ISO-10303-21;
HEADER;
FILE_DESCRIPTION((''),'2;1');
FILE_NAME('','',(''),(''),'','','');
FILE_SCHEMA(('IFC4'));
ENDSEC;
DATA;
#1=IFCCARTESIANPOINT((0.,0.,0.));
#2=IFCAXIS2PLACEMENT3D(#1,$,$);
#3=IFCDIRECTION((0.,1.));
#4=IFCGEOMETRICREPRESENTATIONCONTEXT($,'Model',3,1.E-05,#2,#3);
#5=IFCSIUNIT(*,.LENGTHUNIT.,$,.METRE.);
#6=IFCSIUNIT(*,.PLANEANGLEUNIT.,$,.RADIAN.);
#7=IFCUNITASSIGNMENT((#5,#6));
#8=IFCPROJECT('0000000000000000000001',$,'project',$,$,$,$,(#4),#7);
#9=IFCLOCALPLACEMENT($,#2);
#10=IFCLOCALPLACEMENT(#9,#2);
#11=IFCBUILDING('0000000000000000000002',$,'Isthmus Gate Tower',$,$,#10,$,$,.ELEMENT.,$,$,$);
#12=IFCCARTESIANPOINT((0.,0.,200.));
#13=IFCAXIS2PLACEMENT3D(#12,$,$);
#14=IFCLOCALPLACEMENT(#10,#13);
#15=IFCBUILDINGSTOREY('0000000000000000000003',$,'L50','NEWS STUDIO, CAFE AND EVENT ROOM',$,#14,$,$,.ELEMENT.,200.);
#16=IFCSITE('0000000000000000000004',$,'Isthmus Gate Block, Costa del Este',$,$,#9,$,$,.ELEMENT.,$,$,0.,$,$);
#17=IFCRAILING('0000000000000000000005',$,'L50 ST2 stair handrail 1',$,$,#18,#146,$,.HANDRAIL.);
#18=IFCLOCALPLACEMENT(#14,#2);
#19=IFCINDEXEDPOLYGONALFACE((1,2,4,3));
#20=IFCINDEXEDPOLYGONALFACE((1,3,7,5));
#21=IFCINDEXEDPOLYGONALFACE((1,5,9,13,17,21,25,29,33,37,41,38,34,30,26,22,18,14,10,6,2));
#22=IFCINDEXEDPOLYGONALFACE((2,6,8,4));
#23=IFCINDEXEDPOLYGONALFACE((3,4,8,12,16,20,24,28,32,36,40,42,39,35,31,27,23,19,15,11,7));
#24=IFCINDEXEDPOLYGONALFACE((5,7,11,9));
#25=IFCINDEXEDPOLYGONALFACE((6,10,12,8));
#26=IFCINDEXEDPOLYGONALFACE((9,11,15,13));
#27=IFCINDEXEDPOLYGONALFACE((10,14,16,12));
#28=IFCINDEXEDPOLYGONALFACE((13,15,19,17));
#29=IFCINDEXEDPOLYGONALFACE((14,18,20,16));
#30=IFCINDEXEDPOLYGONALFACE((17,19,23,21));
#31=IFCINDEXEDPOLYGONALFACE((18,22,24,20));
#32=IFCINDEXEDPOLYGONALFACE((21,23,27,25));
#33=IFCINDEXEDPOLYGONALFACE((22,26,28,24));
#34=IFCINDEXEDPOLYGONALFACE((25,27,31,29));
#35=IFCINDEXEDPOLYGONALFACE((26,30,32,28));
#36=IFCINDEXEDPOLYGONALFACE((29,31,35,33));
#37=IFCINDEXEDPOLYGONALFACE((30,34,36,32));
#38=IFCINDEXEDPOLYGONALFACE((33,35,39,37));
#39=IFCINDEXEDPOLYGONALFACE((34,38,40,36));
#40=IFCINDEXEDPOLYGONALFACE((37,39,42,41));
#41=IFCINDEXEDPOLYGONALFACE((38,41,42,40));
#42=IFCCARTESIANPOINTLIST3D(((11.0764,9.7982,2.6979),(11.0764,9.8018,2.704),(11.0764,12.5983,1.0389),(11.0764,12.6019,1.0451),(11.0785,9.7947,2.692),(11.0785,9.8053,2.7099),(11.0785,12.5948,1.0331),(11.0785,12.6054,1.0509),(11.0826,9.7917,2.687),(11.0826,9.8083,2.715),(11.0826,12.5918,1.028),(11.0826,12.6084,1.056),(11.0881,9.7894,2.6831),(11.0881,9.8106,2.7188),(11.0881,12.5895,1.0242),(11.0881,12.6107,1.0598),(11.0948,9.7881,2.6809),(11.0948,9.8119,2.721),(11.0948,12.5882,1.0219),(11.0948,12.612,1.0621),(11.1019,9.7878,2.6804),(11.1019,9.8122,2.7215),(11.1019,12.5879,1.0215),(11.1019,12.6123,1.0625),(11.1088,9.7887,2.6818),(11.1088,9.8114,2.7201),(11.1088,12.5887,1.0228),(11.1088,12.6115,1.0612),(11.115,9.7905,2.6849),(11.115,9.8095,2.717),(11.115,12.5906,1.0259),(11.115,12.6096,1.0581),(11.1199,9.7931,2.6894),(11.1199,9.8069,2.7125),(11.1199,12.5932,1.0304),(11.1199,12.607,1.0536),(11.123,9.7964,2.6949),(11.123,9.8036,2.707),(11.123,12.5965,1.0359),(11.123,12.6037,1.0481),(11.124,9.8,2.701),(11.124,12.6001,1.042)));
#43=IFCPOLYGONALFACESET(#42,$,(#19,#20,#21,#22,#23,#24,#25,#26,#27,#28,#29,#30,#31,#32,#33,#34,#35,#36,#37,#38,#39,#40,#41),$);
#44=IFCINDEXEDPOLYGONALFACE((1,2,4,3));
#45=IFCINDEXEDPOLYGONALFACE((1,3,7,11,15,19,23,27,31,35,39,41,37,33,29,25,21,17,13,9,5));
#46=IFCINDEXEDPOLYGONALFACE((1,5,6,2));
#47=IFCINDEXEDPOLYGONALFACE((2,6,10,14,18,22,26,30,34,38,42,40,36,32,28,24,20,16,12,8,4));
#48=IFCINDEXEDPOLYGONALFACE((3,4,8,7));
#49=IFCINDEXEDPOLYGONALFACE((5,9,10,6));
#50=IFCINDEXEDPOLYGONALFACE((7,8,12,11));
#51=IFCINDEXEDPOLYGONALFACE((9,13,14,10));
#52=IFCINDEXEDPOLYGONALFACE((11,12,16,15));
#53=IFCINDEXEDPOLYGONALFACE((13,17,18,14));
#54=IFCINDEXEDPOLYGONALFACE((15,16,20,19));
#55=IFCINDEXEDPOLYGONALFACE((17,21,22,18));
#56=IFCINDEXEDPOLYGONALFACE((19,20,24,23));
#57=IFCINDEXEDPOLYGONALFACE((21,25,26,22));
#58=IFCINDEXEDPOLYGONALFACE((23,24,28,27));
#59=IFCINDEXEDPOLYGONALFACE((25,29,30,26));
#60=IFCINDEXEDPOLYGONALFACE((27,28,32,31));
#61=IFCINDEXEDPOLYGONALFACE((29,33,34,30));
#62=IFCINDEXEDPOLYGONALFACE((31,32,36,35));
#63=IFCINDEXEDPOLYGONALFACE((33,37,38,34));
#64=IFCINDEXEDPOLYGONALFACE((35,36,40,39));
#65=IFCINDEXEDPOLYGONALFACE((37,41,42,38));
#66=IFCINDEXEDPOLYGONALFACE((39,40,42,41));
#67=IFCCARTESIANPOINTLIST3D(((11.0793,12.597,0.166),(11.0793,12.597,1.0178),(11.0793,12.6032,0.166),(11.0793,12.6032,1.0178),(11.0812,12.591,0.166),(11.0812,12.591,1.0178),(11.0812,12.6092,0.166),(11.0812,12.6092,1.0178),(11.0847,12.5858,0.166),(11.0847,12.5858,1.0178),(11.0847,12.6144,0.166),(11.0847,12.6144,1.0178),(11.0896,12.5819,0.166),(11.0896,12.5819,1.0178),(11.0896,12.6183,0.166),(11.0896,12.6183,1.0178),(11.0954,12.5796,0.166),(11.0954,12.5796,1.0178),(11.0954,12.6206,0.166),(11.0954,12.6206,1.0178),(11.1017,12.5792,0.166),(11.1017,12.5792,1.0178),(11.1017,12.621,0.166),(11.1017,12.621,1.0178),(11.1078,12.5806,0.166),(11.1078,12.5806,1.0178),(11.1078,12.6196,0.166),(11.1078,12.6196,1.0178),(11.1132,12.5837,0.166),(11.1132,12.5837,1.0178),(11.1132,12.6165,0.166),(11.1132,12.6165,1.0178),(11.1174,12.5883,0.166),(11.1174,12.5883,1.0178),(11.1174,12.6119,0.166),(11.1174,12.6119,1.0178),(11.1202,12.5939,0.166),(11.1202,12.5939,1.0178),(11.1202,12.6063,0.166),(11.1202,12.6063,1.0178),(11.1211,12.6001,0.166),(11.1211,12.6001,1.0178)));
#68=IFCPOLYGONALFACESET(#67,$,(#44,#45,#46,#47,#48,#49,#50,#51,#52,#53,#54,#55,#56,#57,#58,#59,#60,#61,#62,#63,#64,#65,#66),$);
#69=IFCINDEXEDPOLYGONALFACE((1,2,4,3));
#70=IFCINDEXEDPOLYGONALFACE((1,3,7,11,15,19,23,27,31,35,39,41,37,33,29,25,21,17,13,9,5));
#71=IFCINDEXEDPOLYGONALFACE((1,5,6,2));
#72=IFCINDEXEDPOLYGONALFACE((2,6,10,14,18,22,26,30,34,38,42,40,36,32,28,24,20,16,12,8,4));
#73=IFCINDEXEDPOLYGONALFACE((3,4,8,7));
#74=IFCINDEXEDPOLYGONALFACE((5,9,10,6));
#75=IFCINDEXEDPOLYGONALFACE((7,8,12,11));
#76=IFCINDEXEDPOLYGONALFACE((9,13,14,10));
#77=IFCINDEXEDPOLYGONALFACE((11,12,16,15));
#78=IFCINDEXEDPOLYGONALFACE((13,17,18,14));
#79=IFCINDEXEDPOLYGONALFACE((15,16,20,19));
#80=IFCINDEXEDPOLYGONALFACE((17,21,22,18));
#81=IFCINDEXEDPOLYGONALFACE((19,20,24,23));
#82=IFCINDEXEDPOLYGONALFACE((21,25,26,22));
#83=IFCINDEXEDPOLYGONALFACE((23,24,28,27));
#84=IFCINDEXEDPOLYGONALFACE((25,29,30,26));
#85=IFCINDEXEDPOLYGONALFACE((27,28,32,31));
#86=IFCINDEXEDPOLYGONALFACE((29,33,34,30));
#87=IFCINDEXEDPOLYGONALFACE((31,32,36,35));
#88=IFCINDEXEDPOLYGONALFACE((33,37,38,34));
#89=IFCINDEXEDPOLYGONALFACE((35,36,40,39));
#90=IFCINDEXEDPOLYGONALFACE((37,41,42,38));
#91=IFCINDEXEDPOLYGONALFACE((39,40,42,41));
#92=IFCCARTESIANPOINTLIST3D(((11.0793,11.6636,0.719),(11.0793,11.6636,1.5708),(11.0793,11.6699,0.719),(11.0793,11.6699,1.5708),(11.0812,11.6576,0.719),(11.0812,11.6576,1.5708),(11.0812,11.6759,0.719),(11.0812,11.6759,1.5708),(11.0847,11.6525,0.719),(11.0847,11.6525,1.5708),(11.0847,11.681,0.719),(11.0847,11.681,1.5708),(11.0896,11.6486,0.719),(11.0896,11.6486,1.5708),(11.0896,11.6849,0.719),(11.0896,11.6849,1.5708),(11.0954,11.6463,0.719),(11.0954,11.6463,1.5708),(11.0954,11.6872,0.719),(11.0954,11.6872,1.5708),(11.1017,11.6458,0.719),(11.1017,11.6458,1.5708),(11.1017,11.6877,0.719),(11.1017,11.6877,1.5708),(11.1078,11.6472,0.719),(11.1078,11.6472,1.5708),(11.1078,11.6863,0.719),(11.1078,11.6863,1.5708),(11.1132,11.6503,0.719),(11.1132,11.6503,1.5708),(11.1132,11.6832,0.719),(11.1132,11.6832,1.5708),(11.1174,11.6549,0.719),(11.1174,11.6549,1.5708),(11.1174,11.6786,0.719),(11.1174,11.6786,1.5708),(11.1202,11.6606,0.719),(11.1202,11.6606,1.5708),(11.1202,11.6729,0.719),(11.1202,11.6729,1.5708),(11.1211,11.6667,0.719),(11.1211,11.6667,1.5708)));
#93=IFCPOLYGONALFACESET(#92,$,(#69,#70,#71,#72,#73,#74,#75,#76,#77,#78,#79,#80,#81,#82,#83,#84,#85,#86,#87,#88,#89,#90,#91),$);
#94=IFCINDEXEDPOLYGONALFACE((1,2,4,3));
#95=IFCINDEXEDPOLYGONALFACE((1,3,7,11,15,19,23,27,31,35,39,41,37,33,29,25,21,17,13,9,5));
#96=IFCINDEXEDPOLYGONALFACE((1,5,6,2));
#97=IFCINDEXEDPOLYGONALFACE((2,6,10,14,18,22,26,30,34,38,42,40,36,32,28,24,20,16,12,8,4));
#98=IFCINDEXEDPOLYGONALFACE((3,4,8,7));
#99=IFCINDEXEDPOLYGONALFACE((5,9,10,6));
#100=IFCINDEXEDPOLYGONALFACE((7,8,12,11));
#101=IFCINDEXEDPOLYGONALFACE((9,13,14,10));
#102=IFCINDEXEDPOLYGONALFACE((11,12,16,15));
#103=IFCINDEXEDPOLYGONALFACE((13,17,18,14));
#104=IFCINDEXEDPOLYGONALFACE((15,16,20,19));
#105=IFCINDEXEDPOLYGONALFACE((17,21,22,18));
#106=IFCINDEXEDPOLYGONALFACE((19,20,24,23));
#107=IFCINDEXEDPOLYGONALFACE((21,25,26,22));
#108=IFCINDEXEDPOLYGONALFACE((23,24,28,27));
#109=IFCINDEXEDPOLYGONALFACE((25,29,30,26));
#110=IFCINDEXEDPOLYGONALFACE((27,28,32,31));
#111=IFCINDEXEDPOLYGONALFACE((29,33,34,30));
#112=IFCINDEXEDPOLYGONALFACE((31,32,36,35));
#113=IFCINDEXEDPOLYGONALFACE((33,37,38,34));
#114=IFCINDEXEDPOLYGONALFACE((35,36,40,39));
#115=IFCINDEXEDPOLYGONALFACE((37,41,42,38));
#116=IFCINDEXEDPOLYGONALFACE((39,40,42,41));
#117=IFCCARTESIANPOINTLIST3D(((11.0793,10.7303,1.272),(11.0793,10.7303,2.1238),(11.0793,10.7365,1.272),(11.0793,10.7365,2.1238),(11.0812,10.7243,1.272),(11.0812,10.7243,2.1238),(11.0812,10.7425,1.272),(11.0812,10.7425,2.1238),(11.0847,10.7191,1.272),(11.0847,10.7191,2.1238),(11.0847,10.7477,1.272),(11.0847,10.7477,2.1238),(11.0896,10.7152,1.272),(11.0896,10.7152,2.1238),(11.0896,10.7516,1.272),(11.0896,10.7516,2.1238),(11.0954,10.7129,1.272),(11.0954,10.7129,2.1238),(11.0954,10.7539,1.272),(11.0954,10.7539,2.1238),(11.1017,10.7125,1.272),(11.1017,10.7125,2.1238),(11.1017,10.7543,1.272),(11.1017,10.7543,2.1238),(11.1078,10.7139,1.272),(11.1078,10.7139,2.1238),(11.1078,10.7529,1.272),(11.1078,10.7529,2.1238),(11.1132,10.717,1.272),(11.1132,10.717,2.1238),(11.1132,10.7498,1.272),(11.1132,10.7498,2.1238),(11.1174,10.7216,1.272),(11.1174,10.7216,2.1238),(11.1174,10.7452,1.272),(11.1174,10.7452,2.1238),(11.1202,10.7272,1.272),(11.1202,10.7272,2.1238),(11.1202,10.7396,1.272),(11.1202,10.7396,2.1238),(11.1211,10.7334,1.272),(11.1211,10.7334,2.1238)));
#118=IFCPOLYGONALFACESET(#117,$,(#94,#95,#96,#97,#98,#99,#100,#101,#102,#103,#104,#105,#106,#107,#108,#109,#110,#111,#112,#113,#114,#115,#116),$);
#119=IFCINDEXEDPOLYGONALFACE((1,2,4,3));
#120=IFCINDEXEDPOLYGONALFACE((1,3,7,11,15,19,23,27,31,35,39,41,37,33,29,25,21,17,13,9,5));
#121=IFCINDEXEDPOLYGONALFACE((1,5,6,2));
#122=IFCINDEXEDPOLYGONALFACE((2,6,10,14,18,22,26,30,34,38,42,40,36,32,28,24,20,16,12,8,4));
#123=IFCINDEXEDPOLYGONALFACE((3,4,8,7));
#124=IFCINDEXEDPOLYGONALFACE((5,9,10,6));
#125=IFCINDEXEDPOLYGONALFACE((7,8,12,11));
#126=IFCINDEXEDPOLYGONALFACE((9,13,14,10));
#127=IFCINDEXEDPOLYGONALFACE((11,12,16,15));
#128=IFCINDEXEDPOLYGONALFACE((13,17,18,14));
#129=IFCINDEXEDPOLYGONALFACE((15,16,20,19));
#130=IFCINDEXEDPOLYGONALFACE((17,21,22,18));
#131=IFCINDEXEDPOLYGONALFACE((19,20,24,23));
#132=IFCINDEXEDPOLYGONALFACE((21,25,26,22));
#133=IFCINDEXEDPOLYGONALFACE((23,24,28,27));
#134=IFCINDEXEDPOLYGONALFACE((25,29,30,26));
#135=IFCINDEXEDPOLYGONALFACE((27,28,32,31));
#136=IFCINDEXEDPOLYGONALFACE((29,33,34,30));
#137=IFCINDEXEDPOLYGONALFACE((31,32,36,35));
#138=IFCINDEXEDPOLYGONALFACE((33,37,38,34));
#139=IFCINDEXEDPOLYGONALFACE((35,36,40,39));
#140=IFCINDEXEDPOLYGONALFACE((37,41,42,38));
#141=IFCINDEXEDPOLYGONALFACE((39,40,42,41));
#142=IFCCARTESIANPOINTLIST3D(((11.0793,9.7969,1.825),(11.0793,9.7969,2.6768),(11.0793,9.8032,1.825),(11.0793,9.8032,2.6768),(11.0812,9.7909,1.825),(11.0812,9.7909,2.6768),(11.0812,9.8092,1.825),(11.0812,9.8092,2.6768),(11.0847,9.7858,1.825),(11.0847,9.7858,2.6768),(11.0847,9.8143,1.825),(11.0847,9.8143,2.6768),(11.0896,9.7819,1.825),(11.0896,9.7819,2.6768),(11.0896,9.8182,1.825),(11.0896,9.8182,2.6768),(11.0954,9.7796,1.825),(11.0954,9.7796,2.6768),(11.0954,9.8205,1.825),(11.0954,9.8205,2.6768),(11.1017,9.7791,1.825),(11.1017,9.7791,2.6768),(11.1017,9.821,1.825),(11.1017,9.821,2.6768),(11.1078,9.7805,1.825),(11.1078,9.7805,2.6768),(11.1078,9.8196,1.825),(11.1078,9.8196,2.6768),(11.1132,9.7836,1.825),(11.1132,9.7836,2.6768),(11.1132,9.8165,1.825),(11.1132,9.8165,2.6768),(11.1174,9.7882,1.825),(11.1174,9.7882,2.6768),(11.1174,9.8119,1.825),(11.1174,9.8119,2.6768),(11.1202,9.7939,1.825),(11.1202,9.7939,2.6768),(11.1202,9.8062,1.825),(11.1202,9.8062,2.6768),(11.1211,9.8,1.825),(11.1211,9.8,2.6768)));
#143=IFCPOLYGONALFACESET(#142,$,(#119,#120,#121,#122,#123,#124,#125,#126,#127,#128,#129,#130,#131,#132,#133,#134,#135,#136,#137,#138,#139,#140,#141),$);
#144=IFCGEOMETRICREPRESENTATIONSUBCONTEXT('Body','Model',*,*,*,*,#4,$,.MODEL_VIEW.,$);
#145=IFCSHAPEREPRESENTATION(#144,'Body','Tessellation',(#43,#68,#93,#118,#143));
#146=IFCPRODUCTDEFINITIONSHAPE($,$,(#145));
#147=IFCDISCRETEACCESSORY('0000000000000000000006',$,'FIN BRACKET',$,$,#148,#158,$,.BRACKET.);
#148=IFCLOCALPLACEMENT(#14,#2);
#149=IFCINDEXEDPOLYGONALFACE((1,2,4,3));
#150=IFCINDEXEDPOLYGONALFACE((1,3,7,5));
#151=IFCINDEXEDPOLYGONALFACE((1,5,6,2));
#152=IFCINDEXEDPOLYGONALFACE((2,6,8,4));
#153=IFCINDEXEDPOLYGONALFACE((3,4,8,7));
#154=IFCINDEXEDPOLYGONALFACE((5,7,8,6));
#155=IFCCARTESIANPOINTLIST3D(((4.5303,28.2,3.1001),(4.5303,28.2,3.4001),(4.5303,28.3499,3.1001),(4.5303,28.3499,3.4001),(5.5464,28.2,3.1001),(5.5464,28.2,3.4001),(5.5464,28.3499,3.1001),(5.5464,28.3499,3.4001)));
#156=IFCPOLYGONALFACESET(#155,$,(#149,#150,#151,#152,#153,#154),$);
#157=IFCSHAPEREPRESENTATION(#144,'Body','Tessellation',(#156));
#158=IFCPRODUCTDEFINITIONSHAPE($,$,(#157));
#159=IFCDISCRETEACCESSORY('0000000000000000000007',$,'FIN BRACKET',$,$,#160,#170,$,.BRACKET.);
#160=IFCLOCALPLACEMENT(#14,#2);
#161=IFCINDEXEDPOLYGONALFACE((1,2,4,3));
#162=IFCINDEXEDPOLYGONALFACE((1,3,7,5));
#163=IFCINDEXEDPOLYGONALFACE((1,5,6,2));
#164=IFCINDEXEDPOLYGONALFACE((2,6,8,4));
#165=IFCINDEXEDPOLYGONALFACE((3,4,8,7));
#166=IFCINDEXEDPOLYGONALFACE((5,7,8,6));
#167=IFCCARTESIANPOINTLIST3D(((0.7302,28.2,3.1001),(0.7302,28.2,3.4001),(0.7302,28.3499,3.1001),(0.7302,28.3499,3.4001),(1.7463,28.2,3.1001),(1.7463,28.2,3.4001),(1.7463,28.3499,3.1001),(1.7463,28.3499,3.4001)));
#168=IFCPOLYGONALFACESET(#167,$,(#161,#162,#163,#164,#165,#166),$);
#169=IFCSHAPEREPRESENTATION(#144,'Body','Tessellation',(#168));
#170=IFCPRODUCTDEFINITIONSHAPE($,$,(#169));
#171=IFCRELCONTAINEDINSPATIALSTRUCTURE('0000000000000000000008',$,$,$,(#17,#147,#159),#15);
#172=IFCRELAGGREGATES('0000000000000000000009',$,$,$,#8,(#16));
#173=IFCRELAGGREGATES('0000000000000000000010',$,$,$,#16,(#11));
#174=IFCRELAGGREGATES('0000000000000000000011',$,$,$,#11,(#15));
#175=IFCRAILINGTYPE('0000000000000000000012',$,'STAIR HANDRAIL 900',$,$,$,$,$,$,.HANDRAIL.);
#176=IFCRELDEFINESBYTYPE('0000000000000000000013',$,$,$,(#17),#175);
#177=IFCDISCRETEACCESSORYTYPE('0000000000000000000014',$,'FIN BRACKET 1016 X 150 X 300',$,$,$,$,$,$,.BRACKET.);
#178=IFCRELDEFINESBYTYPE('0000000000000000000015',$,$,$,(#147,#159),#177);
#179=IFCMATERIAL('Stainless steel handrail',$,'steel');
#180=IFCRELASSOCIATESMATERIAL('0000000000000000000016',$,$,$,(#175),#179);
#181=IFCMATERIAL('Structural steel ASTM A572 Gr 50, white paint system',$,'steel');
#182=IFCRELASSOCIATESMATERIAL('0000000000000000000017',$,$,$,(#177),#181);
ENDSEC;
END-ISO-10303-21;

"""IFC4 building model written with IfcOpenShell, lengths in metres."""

from ifc_helpers import new_model, si_unit, direction, frame, origin, origin_2d, place, context, subcontext, project, spatial, rectangle, circle, extrude, material, type_object, element, save


model = new_model("IFC4")

# Units and contexts
model_context = context("Model", 3, precision=1e-05, world=origin(), true_north=direction((0.0, 1.0)))
body_context = subcontext(model_context, "Body", "Model", "MODEL_VIEW")
ifc_project = project(units=[si_unit("LENGTHUNIT", "METRE"), si_unit("PLANEANGLEUNIT", "RADIAN")], contexts=[model_context])

# Site, building, storey
site_placement = place(None, origin())
site = spatial("IfcSite", under=ifc_project, at=site_placement, Name="Isthmus Gate Block, Costa del Este", CompositionType="ELEMENT", RefElevation=0.0)
building_placement = place(site_placement, origin())
building = spatial("IfcBuilding", under=site, at=building_placement, Name="Isthmus Gate Tower", CompositionType="ELEMENT")
storey_placement = place(building_placement, frame((0.0, 0.0, 200.0)))
storey = spatial("IfcBuildingStorey", under=building, at=storey_placement, Name="L50", Description="NEWS STUDIO, CAFE AND EVENT ROOM", CompositionType="ELEMENT", Elevation=200.0)

# Railing
ifc_material_1 = material(Name="Stainless steel handrail", Category="steel")
railing_type_1 = type_object("IfcRailingType", Name="STAIR HANDRAIL 900", PredefinedType="HANDRAIL", material=ifc_material_1)
railing_1_placement = place(storey_placement, frame((11.1001, 12.6001, 0.166)))
element("IfcRailing", 1, at=railing_1_placement, inside=storey, type_object=railing_type_1, Name="L50 ST2 stair handrail 1", PredefinedType="HANDRAIL", context=body_context, shape_type="SweptSolid", body=[
    extrude(circle(Radius=0.0239, at=origin_2d()), frame((0.0, 0.0, 0.876), z_axis=(0.0, -0.860339, 0.509722), x_axis=(1.0, 0.0, 0.0)), (0.0, 0.0, 1.0), 3.2546),
    extrude(circle(Radius=0.021, at=origin_2d()), origin(), (0.0, 0.0, 1.0), 0.8518),
    extrude(circle(Radius=0.021, at=origin_2d()), frame((0.0, -0.9333, 0.553)), (0.0, 0.0, 1.0), 0.8518),
    extrude(circle(Radius=0.021, at=origin_2d()), frame((0.0, -1.8667, 1.106)), (0.0, 0.0, 1.0), 0.8518),
    extrude(circle(Radius=0.021, at=origin_2d()), frame((0.0, -2.8, 1.6589)), (0.0, 0.0, 1.0), 0.8518),
])

# Discrete accessories
ifc_material_2 = material(Name="Structural steel ASTM A572 Gr 50, white paint system", Category="steel")
discrete_accessory_type = type_object("IfcDiscreteAccessoryType", Name="FIN BRACKET 1016 X 150 X 300", PredefinedType="BRACKET", material=ifc_material_2)
for number, where, z_axis, x_axis, name in (
    (2, (5.0383, 28.2749, 3.1001), (0.0, 0.0, 1.0), (0.0, 1.0, 0.0), "FIN BRACKET"),
    (3, (1.2383, 28.2749, 3.1001), (0.0, 0.0, 1.0), (0.0, 1.0, 0.0), "FIN BRACKET"),
):
    element("IfcDiscreteAccessory", number, at=place(storey_placement, frame(where, z_axis=z_axis, x_axis=x_axis)), inside=storey, type_object=discrete_accessory_type, Name=name, PredefinedType="BRACKET", context=body_context, shape_type="SweptSolid", body=[
        extrude(rectangle(XDim=0.1499, YDim=1.0161, at=origin_2d()), origin(), (0.0, 0.0, 1.0), 0.3),
    ])

save(model, "model.ifc")
